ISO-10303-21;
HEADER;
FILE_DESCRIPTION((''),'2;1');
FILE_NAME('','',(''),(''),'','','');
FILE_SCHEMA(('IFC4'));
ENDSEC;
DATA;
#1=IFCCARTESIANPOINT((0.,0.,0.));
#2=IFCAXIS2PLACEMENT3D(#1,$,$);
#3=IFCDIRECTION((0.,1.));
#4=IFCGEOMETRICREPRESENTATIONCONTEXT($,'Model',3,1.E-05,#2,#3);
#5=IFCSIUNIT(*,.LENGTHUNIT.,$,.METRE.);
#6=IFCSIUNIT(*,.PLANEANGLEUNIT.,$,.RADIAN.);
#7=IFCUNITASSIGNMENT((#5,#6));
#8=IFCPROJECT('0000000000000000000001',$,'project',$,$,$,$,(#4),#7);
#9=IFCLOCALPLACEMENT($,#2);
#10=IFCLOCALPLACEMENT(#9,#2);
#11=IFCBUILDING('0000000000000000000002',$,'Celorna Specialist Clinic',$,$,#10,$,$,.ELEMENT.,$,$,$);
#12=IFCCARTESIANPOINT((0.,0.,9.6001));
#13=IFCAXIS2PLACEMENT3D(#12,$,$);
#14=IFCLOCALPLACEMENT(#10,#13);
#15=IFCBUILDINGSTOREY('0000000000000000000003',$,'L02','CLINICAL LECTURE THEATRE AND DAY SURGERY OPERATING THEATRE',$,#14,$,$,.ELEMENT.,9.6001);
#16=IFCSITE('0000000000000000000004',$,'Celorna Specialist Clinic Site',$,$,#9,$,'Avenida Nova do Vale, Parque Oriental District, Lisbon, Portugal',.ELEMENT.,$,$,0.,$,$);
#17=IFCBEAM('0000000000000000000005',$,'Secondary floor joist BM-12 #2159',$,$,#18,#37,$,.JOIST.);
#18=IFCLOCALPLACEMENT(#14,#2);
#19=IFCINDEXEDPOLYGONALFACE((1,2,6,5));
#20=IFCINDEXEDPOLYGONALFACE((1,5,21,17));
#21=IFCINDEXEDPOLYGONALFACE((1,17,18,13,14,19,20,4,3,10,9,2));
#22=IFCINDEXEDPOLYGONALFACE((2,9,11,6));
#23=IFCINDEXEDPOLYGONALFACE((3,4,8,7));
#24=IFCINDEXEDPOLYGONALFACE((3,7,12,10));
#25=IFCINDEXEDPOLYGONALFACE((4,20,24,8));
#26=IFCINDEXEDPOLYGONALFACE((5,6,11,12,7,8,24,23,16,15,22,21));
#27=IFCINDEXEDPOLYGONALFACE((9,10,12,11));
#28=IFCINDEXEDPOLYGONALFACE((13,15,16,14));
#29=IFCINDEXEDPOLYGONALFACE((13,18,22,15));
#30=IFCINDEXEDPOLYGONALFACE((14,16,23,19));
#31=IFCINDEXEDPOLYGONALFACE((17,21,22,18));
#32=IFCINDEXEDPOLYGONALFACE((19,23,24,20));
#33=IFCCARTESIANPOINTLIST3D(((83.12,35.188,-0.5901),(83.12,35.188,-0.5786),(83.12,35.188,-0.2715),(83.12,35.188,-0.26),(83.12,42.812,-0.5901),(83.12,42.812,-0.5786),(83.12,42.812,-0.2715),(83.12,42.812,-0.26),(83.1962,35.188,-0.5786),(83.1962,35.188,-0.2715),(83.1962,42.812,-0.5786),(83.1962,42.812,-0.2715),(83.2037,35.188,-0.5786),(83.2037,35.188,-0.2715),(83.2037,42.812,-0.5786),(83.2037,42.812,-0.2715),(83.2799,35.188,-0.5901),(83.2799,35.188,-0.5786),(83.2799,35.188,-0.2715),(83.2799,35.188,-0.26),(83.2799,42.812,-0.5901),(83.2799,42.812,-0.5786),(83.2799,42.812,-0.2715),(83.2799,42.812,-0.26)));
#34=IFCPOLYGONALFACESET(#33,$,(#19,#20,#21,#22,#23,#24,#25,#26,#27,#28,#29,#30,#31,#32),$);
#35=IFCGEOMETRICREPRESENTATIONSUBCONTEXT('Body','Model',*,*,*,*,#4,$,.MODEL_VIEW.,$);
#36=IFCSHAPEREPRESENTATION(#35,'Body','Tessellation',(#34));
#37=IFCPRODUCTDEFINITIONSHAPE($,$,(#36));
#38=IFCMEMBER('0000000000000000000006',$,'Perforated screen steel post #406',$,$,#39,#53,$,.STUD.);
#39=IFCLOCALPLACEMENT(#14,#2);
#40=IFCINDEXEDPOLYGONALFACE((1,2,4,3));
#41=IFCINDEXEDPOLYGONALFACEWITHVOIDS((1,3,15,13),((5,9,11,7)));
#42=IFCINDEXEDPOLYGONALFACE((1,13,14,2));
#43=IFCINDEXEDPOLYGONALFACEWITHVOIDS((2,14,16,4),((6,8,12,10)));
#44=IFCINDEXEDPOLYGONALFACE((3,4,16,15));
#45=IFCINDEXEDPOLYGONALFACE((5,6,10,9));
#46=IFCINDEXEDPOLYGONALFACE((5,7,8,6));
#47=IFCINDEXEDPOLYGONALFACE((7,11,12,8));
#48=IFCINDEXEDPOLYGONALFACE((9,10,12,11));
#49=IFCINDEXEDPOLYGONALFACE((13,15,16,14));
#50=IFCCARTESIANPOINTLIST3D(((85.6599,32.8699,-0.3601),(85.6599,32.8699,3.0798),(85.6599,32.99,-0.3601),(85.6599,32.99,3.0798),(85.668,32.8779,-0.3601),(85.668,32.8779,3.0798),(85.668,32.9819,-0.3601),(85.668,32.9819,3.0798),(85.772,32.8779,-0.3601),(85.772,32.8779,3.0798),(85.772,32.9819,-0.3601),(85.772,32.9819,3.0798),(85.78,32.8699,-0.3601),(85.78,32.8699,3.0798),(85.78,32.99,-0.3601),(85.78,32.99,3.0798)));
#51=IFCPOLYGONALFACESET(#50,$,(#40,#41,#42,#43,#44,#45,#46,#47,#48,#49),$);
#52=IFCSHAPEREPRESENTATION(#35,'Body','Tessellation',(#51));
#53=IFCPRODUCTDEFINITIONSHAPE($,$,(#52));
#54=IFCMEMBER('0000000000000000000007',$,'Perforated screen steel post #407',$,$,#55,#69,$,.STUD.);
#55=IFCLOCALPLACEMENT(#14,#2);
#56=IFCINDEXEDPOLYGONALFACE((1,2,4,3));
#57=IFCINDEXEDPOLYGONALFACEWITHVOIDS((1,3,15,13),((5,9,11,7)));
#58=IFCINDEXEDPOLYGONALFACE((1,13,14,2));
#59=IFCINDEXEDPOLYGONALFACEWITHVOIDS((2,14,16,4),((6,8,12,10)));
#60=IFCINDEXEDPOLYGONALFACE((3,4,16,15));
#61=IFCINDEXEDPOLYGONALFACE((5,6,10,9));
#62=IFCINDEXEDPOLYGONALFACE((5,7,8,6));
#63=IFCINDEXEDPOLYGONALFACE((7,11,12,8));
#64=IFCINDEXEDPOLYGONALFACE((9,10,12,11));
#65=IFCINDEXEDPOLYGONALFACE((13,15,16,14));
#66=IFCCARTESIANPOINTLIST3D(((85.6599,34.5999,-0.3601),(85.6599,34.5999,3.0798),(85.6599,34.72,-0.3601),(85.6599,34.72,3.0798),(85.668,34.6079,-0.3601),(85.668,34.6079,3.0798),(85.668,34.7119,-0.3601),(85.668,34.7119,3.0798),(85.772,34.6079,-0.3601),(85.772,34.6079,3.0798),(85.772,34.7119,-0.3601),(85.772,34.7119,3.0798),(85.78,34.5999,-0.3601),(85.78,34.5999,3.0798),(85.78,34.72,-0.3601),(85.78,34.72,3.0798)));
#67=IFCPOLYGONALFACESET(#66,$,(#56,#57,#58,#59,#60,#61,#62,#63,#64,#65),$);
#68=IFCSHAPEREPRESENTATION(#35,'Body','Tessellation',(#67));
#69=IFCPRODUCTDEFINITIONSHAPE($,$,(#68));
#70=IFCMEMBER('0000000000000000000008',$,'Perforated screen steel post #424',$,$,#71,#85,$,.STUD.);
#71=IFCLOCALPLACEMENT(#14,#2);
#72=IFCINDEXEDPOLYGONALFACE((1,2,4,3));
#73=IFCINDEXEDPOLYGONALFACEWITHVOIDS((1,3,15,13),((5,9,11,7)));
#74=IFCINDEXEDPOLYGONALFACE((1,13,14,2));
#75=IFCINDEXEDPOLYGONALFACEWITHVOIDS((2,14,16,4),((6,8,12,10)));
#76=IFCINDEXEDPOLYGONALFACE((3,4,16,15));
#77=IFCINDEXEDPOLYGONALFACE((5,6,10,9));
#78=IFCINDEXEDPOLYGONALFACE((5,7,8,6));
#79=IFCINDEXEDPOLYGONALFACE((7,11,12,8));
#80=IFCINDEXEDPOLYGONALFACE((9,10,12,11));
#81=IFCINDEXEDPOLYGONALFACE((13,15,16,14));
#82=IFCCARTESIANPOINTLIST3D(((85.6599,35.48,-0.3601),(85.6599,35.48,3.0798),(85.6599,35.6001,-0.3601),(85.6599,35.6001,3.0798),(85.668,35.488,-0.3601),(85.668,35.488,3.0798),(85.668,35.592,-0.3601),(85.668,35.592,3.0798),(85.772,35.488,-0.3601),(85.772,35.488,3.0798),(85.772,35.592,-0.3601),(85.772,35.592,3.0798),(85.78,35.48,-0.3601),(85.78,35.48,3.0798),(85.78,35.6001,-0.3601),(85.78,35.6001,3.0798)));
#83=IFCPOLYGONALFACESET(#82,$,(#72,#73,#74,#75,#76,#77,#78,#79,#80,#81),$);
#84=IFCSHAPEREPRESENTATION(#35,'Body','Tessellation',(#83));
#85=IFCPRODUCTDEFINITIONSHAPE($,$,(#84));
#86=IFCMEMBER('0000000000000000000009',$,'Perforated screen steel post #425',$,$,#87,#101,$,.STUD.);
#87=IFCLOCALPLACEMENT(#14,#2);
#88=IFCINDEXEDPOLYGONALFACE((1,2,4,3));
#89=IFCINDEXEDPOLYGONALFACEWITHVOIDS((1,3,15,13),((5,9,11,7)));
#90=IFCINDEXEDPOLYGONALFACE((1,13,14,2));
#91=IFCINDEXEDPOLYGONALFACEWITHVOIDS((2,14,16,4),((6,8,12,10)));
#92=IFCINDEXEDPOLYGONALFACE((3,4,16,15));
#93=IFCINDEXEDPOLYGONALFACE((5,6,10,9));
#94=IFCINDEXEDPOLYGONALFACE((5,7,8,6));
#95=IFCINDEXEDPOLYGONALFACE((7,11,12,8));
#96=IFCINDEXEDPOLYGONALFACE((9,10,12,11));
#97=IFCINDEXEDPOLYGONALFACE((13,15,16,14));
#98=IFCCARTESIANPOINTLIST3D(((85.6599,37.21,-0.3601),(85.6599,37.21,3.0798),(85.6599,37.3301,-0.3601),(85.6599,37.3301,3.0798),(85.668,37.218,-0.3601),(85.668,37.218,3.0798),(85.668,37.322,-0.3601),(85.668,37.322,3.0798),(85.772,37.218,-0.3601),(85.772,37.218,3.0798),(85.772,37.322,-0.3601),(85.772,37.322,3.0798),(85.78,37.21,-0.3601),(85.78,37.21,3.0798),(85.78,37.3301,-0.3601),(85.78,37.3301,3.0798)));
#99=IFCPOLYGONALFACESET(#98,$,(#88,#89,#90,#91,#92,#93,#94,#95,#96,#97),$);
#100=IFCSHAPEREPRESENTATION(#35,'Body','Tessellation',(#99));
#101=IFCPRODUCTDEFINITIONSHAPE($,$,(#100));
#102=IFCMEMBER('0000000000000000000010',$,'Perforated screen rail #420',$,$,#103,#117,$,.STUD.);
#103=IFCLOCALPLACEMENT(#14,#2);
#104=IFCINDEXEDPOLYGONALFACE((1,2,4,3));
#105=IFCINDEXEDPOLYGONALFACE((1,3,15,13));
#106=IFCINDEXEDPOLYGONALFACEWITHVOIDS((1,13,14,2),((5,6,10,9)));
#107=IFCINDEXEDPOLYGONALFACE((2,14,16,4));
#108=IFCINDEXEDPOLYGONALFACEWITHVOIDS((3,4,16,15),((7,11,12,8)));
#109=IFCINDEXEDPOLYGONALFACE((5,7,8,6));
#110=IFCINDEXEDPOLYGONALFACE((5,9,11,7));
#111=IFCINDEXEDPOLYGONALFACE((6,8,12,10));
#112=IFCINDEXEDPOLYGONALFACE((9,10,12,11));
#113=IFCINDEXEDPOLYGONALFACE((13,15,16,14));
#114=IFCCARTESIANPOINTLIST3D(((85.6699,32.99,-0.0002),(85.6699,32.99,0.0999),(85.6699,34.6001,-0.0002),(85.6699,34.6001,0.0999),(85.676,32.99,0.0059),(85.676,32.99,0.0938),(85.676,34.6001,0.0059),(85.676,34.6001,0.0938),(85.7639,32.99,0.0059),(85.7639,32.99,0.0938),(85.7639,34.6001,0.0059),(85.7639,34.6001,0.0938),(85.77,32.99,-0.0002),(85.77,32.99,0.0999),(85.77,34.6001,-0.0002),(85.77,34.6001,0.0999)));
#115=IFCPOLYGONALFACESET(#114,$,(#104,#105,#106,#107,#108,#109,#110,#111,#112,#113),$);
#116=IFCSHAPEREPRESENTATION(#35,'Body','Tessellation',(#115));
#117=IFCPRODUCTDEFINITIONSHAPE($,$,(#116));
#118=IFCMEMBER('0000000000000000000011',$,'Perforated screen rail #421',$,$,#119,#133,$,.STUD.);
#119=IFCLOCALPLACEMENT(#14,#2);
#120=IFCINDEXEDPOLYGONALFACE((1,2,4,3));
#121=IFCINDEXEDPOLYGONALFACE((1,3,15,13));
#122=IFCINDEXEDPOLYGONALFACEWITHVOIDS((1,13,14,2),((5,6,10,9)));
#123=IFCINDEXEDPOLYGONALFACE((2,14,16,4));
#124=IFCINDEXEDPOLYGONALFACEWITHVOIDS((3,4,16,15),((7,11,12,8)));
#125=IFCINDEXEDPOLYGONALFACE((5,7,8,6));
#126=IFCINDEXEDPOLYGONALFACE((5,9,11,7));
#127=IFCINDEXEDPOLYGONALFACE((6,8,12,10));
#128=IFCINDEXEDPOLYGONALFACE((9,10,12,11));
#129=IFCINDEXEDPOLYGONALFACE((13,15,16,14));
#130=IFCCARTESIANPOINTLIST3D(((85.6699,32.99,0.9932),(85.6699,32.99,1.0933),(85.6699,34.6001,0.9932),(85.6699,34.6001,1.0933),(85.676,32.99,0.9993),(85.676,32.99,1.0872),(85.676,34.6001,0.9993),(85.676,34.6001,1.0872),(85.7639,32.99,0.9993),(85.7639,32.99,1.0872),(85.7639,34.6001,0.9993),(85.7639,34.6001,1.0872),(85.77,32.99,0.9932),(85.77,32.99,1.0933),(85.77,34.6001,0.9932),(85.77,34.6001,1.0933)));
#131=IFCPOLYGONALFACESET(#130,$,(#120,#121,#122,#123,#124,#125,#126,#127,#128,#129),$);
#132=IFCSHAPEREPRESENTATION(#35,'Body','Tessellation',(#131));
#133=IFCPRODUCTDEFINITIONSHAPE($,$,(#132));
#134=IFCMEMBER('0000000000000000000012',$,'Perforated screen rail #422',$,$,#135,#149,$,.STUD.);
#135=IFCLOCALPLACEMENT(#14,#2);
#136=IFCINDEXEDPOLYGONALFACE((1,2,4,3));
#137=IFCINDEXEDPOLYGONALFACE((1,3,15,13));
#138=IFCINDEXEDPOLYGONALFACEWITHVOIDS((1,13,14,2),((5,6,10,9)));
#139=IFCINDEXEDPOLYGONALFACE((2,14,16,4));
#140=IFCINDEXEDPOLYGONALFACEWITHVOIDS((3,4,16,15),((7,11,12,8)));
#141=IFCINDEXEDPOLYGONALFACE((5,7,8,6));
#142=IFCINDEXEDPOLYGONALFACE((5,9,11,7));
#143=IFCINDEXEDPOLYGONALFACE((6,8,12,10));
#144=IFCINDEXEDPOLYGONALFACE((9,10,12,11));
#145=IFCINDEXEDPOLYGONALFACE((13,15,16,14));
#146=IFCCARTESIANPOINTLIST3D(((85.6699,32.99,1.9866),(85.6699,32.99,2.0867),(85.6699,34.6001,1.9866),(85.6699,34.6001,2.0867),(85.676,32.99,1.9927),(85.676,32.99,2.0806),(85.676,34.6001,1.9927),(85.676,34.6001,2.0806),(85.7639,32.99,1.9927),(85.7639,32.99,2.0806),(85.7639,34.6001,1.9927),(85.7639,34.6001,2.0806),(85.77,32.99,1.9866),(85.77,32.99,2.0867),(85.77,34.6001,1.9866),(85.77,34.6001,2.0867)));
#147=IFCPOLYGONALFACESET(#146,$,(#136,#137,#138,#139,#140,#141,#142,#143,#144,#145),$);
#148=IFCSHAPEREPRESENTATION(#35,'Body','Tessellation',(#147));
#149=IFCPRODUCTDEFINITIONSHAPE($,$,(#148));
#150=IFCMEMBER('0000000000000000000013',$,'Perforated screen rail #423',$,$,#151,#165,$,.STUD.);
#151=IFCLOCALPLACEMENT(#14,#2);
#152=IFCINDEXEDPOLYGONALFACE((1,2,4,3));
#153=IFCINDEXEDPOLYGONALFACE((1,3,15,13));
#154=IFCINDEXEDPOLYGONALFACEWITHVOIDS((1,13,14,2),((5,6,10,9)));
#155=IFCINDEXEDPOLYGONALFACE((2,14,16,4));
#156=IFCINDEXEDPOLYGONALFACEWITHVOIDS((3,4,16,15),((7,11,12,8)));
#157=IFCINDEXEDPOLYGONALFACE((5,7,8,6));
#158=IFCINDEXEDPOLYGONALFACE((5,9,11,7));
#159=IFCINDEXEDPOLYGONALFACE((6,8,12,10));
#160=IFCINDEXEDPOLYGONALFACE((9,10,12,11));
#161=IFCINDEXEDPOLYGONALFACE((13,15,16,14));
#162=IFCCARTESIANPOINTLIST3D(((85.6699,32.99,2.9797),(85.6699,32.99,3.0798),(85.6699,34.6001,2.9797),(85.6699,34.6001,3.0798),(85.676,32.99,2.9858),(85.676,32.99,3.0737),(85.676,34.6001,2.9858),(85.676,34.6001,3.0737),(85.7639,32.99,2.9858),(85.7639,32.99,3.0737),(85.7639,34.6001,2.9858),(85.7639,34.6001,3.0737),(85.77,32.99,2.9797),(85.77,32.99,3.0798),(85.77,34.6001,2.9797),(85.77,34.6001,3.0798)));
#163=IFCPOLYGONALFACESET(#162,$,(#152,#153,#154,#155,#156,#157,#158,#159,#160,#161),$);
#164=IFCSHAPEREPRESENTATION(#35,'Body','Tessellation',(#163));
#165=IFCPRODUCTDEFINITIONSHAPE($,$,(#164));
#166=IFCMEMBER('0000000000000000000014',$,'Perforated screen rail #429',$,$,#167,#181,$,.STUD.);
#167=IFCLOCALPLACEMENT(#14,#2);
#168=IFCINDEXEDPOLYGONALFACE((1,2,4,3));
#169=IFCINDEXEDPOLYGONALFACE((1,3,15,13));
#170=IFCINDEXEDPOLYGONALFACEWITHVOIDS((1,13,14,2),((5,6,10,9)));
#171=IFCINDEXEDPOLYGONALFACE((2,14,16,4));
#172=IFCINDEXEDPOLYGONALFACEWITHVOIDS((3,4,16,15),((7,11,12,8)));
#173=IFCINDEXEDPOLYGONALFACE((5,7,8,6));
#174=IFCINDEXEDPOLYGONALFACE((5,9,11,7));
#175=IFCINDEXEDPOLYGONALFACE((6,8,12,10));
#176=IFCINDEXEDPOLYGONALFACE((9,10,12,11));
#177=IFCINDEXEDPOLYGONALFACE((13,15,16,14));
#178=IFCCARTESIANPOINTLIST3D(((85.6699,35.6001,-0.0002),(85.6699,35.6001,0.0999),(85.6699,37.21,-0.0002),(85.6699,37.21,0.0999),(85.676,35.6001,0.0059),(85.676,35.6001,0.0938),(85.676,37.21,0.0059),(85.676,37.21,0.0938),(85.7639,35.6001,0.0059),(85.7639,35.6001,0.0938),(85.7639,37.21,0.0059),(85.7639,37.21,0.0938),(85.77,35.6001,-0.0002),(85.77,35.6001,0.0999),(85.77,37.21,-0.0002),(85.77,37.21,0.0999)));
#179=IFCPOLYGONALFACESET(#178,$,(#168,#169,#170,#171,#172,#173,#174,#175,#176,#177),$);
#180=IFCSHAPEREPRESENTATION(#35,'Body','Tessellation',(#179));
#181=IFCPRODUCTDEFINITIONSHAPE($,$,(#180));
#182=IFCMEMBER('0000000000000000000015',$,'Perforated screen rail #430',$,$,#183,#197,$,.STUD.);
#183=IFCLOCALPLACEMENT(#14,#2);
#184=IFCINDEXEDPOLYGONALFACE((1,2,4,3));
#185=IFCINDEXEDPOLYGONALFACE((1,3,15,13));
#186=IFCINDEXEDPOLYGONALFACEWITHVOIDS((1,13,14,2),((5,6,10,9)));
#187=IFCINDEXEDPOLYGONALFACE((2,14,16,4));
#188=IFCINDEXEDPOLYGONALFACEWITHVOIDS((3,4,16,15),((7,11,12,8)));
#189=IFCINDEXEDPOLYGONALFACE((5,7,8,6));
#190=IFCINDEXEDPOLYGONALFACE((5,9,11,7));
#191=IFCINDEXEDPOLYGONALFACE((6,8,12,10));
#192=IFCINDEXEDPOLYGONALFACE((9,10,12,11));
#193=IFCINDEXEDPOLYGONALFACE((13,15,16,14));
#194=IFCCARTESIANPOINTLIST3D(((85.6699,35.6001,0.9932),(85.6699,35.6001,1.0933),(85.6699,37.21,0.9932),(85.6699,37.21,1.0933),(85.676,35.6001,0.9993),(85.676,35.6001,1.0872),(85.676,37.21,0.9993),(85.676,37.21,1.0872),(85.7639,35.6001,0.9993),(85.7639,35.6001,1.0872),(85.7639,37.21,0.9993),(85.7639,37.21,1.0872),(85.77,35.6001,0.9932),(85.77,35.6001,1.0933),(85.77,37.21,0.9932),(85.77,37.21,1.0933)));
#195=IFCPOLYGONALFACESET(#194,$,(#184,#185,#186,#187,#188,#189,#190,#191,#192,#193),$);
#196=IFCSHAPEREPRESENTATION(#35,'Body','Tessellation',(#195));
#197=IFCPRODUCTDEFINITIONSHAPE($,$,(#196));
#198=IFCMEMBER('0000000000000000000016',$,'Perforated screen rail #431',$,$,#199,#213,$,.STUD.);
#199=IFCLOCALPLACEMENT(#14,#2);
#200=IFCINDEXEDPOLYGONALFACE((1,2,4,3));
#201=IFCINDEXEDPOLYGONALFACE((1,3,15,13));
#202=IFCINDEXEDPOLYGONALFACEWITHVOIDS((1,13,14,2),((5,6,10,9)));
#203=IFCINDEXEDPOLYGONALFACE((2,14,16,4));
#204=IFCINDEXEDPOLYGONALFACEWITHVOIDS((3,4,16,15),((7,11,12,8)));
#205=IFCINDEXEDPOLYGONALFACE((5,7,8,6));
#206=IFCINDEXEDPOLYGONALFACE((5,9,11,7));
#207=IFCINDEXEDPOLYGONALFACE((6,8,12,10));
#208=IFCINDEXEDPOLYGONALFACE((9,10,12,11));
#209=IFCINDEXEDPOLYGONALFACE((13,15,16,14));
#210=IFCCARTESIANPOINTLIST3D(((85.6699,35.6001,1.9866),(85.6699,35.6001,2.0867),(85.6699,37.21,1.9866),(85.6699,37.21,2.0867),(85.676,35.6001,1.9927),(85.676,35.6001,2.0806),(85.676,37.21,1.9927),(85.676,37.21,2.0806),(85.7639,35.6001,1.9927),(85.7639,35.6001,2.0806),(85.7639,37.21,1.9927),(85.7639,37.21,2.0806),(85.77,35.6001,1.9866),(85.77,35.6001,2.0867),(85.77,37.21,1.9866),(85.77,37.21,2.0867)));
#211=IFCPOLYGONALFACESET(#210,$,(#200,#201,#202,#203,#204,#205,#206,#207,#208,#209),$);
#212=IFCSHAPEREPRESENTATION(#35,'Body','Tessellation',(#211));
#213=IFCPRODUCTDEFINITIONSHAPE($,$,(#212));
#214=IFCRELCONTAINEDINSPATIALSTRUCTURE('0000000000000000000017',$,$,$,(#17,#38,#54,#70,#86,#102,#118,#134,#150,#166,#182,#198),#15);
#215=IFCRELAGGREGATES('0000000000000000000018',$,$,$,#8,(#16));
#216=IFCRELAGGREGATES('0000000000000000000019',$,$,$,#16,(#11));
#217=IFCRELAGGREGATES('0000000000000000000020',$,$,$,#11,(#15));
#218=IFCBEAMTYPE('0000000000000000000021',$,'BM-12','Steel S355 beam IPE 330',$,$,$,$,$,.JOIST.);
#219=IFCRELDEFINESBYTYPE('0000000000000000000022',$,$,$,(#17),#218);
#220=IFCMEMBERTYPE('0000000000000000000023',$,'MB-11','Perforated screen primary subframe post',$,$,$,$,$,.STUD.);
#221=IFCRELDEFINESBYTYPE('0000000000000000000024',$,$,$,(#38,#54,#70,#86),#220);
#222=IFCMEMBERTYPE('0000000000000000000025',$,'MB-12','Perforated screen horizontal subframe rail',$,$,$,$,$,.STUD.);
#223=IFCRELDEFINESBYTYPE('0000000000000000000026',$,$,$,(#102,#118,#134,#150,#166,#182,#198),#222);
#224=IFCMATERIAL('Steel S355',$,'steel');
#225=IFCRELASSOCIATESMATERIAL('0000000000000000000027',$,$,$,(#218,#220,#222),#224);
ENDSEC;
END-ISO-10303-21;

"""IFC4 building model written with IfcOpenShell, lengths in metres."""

from ifc_helpers import new_model, si_unit, direction, frame, origin, origin_2d, place, context, subcontext, project, spatial, hollow_rectangle, i_section, extrude, material, material_profile, profile_set, type_object, element, save


model = new_model("IFC4")

# Units and contexts
model_context = context("Model", 3, precision=1e-05, world=origin(), true_north=direction((0.0, 1.0)))
body_context = subcontext(model_context, "Body", "Model", "MODEL_VIEW")
ifc_project = project(units=[si_unit("LENGTHUNIT", "METRE"), si_unit("PLANEANGLEUNIT", "RADIAN")], contexts=[model_context])

# Site, building, storey
site_placement = place(None, origin())
site = spatial("IfcSite", under=ifc_project, at=site_placement, Name="Celorna Specialist Clinic Site", LongName="Avenida Nova do Vale, Parque Oriental District, Lisbon, Portugal", CompositionType="ELEMENT", RefElevation=0.0)
building_placement = place(site_placement, origin())
building = spatial("IfcBuilding", under=site, at=building_placement, Name="Celorna Specialist Clinic", CompositionType="ELEMENT")
storey_placement = place(building_placement, frame((0.0, 0.0, 9.6001)))
storey = spatial("IfcBuildingStorey", under=building, at=storey_placement, Name="L02", Description="CLINICAL LECTURE THEATRE AND DAY SURGERY OPERATING THEATRE", CompositionType="ELEMENT", Elevation=9.6001)

# Beam
ifc_material_1 = material(Name="Steel S355", Category="steel")
ifc_material_profile_1 = material_profile(ifc_material_1, i_section(OverallWidth=0.1599, OverallDepth=0.3301, WebThickness=0.0076, FlangeThickness=0.0115, at=origin_2d()), Name="IPE 330")
ifc_profile_set_1 = profile_set([ifc_material_profile_1], Name="Steel S355")
beam_type = type_object("IfcBeamType", Name="BM-12", Description="Steel S355 beam IPE 330", PredefinedType="JOIST", material=ifc_profile_set_1)
beam_placement = place(storey_placement, frame((83.2, 35.188, -0.425), z_axis=(0.0, 1.0, 0.0), x_axis=(-1.0, 0.0, 0.0)))
element("IfcBeam", 1, at=beam_placement, inside=storey, type_object=beam_type, Name="Secondary floor joist BM-12 #2159", PredefinedType="JOIST", context=body_context, shape_type="SweptSolid", body=[
    extrude(i_section(OverallWidth=0.1599, OverallDepth=0.3301, WebThickness=0.0076, FlangeThickness=0.0115, at=origin_2d()), origin(), (0.0, 0.0, 1.0), 7.624),
])

# Members
ifc_material_profile_2 = material_profile(ifc_material_1, hollow_rectangle(XDim=0.1201, YDim=0.1201, WallThickness=0.0081, at=origin_2d()), Name="SHS 120x120x8")
ifc_profile_set_2 = profile_set([ifc_material_profile_2], Name="Steel S355")
member_type_1 = type_object("IfcMemberType", Name="MB-11", Description="Perforated screen primary subframe post", PredefinedType="STUD", material=ifc_profile_set_2)
for number, where, z_axis, x_axis, name in (
    (2, (85.72, 32.9299, -0.3601), (0.0, 0.0, 1.0), (1.0, 0.0, 0.0), "Perforated screen steel post #406"),
    (3, (85.72, 34.6599, -0.3601), (0.0, 0.0, 1.0), (1.0, 0.0, 0.0), "Perforated screen steel post #407"),
    (4, (85.72, 35.54, -0.3601), (0.0, 0.0, 1.0), (1.0, 0.0, 0.0), "Perforated screen steel post #424"),
    (5, (85.72, 37.27, -0.3601), (0.0, 0.0, 1.0), (1.0, 0.0, 0.0), "Perforated screen steel post #425"),
):
    element("IfcMember", number, at=place(storey_placement, frame(where, z_axis=z_axis, x_axis=x_axis)), inside=storey, type_object=member_type_1, Name=name, PredefinedType="STUD", context=body_context, shape_type="SweptSolid", body=[
        extrude(hollow_rectangle(XDim=0.1201, YDim=0.1201, WallThickness=0.0081, at=origin_2d()), origin(), (0.0, 0.0, 1.0), 3.4399),
    ])
ifc_material_profile_3 = material_profile(ifc_material_1, hollow_rectangle(XDim=0.1001, YDim=0.1001, WallThickness=0.0061, at=origin_2d()), Name="SHS 100x100x6")
ifc_profile_set_3 = profile_set([ifc_material_profile_3], Name="Steel S355")
member_type_2 = type_object("IfcMemberType", Name="MB-12", Description="Perforated screen horizontal subframe rail", PredefinedType="STUD", material=ifc_profile_set_3)
for number, where, z_axis, x_axis, name in (
    (6, (85.72, 32.99, 0.0498), (0.0, 1.0, 0.0), (-1.0, 0.0, 0.0), "Perforated screen rail #420"),
    (7, (85.72, 32.99, 1.0432), (0.0, 1.0, 0.0), (-1.0, 0.0, 0.0), "Perforated screen rail #421"),
    (8, (85.72, 32.99, 2.0366), (0.0, 1.0, 0.0), (-1.0, 0.0, 0.0), "Perforated screen rail #422"),
    (9, (85.72, 32.99, 3.0298), (0.0, 1.0, 0.0), (-1.0, 0.0, 0.0), "Perforated screen rail #423"),
):
    element("IfcMember", number, at=place(storey_placement, frame(where, z_axis=z_axis, x_axis=x_axis)), inside=storey, type_object=member_type_2, Name=name, PredefinedType="STUD", context=body_context, shape_type="SweptSolid", body=[
        extrude(hollow_rectangle(XDim=0.1001, YDim=0.1001, WallThickness=0.0061, at=origin_2d()), origin(), (0.0, 0.0, 1.0), 1.6101),
    ])
for number, where, z_axis, x_axis, name in (
    (10, (85.72, 35.6001, 0.0498), (0.0, 1.0, 0.0), (-1.0, 0.0, 0.0), "Perforated screen rail #429"),
    (11, (85.72, 35.6001, 1.0432), (0.0, 1.0, 0.0), (-1.0, 0.0, 0.0), "Perforated screen rail #430"),
    (12, (85.72, 35.6001, 2.0366), (0.0, 1.0, 0.0), (-1.0, 0.0, 0.0), "Perforated screen rail #431"),
):
    element("IfcMember", number, at=place(storey_placement, frame(where, z_axis=z_axis, x_axis=x_axis)), inside=storey, type_object=member_type_2, Name=name, PredefinedType="STUD", context=body_context, shape_type="SweptSolid", body=[
        extrude(hollow_rectangle(XDim=0.1001, YDim=0.1001, WallThickness=0.0061, at=origin_2d()), origin(), (0.0, 0.0, 1.0), 1.6099),
    ])

save(model, "model.ifc")
